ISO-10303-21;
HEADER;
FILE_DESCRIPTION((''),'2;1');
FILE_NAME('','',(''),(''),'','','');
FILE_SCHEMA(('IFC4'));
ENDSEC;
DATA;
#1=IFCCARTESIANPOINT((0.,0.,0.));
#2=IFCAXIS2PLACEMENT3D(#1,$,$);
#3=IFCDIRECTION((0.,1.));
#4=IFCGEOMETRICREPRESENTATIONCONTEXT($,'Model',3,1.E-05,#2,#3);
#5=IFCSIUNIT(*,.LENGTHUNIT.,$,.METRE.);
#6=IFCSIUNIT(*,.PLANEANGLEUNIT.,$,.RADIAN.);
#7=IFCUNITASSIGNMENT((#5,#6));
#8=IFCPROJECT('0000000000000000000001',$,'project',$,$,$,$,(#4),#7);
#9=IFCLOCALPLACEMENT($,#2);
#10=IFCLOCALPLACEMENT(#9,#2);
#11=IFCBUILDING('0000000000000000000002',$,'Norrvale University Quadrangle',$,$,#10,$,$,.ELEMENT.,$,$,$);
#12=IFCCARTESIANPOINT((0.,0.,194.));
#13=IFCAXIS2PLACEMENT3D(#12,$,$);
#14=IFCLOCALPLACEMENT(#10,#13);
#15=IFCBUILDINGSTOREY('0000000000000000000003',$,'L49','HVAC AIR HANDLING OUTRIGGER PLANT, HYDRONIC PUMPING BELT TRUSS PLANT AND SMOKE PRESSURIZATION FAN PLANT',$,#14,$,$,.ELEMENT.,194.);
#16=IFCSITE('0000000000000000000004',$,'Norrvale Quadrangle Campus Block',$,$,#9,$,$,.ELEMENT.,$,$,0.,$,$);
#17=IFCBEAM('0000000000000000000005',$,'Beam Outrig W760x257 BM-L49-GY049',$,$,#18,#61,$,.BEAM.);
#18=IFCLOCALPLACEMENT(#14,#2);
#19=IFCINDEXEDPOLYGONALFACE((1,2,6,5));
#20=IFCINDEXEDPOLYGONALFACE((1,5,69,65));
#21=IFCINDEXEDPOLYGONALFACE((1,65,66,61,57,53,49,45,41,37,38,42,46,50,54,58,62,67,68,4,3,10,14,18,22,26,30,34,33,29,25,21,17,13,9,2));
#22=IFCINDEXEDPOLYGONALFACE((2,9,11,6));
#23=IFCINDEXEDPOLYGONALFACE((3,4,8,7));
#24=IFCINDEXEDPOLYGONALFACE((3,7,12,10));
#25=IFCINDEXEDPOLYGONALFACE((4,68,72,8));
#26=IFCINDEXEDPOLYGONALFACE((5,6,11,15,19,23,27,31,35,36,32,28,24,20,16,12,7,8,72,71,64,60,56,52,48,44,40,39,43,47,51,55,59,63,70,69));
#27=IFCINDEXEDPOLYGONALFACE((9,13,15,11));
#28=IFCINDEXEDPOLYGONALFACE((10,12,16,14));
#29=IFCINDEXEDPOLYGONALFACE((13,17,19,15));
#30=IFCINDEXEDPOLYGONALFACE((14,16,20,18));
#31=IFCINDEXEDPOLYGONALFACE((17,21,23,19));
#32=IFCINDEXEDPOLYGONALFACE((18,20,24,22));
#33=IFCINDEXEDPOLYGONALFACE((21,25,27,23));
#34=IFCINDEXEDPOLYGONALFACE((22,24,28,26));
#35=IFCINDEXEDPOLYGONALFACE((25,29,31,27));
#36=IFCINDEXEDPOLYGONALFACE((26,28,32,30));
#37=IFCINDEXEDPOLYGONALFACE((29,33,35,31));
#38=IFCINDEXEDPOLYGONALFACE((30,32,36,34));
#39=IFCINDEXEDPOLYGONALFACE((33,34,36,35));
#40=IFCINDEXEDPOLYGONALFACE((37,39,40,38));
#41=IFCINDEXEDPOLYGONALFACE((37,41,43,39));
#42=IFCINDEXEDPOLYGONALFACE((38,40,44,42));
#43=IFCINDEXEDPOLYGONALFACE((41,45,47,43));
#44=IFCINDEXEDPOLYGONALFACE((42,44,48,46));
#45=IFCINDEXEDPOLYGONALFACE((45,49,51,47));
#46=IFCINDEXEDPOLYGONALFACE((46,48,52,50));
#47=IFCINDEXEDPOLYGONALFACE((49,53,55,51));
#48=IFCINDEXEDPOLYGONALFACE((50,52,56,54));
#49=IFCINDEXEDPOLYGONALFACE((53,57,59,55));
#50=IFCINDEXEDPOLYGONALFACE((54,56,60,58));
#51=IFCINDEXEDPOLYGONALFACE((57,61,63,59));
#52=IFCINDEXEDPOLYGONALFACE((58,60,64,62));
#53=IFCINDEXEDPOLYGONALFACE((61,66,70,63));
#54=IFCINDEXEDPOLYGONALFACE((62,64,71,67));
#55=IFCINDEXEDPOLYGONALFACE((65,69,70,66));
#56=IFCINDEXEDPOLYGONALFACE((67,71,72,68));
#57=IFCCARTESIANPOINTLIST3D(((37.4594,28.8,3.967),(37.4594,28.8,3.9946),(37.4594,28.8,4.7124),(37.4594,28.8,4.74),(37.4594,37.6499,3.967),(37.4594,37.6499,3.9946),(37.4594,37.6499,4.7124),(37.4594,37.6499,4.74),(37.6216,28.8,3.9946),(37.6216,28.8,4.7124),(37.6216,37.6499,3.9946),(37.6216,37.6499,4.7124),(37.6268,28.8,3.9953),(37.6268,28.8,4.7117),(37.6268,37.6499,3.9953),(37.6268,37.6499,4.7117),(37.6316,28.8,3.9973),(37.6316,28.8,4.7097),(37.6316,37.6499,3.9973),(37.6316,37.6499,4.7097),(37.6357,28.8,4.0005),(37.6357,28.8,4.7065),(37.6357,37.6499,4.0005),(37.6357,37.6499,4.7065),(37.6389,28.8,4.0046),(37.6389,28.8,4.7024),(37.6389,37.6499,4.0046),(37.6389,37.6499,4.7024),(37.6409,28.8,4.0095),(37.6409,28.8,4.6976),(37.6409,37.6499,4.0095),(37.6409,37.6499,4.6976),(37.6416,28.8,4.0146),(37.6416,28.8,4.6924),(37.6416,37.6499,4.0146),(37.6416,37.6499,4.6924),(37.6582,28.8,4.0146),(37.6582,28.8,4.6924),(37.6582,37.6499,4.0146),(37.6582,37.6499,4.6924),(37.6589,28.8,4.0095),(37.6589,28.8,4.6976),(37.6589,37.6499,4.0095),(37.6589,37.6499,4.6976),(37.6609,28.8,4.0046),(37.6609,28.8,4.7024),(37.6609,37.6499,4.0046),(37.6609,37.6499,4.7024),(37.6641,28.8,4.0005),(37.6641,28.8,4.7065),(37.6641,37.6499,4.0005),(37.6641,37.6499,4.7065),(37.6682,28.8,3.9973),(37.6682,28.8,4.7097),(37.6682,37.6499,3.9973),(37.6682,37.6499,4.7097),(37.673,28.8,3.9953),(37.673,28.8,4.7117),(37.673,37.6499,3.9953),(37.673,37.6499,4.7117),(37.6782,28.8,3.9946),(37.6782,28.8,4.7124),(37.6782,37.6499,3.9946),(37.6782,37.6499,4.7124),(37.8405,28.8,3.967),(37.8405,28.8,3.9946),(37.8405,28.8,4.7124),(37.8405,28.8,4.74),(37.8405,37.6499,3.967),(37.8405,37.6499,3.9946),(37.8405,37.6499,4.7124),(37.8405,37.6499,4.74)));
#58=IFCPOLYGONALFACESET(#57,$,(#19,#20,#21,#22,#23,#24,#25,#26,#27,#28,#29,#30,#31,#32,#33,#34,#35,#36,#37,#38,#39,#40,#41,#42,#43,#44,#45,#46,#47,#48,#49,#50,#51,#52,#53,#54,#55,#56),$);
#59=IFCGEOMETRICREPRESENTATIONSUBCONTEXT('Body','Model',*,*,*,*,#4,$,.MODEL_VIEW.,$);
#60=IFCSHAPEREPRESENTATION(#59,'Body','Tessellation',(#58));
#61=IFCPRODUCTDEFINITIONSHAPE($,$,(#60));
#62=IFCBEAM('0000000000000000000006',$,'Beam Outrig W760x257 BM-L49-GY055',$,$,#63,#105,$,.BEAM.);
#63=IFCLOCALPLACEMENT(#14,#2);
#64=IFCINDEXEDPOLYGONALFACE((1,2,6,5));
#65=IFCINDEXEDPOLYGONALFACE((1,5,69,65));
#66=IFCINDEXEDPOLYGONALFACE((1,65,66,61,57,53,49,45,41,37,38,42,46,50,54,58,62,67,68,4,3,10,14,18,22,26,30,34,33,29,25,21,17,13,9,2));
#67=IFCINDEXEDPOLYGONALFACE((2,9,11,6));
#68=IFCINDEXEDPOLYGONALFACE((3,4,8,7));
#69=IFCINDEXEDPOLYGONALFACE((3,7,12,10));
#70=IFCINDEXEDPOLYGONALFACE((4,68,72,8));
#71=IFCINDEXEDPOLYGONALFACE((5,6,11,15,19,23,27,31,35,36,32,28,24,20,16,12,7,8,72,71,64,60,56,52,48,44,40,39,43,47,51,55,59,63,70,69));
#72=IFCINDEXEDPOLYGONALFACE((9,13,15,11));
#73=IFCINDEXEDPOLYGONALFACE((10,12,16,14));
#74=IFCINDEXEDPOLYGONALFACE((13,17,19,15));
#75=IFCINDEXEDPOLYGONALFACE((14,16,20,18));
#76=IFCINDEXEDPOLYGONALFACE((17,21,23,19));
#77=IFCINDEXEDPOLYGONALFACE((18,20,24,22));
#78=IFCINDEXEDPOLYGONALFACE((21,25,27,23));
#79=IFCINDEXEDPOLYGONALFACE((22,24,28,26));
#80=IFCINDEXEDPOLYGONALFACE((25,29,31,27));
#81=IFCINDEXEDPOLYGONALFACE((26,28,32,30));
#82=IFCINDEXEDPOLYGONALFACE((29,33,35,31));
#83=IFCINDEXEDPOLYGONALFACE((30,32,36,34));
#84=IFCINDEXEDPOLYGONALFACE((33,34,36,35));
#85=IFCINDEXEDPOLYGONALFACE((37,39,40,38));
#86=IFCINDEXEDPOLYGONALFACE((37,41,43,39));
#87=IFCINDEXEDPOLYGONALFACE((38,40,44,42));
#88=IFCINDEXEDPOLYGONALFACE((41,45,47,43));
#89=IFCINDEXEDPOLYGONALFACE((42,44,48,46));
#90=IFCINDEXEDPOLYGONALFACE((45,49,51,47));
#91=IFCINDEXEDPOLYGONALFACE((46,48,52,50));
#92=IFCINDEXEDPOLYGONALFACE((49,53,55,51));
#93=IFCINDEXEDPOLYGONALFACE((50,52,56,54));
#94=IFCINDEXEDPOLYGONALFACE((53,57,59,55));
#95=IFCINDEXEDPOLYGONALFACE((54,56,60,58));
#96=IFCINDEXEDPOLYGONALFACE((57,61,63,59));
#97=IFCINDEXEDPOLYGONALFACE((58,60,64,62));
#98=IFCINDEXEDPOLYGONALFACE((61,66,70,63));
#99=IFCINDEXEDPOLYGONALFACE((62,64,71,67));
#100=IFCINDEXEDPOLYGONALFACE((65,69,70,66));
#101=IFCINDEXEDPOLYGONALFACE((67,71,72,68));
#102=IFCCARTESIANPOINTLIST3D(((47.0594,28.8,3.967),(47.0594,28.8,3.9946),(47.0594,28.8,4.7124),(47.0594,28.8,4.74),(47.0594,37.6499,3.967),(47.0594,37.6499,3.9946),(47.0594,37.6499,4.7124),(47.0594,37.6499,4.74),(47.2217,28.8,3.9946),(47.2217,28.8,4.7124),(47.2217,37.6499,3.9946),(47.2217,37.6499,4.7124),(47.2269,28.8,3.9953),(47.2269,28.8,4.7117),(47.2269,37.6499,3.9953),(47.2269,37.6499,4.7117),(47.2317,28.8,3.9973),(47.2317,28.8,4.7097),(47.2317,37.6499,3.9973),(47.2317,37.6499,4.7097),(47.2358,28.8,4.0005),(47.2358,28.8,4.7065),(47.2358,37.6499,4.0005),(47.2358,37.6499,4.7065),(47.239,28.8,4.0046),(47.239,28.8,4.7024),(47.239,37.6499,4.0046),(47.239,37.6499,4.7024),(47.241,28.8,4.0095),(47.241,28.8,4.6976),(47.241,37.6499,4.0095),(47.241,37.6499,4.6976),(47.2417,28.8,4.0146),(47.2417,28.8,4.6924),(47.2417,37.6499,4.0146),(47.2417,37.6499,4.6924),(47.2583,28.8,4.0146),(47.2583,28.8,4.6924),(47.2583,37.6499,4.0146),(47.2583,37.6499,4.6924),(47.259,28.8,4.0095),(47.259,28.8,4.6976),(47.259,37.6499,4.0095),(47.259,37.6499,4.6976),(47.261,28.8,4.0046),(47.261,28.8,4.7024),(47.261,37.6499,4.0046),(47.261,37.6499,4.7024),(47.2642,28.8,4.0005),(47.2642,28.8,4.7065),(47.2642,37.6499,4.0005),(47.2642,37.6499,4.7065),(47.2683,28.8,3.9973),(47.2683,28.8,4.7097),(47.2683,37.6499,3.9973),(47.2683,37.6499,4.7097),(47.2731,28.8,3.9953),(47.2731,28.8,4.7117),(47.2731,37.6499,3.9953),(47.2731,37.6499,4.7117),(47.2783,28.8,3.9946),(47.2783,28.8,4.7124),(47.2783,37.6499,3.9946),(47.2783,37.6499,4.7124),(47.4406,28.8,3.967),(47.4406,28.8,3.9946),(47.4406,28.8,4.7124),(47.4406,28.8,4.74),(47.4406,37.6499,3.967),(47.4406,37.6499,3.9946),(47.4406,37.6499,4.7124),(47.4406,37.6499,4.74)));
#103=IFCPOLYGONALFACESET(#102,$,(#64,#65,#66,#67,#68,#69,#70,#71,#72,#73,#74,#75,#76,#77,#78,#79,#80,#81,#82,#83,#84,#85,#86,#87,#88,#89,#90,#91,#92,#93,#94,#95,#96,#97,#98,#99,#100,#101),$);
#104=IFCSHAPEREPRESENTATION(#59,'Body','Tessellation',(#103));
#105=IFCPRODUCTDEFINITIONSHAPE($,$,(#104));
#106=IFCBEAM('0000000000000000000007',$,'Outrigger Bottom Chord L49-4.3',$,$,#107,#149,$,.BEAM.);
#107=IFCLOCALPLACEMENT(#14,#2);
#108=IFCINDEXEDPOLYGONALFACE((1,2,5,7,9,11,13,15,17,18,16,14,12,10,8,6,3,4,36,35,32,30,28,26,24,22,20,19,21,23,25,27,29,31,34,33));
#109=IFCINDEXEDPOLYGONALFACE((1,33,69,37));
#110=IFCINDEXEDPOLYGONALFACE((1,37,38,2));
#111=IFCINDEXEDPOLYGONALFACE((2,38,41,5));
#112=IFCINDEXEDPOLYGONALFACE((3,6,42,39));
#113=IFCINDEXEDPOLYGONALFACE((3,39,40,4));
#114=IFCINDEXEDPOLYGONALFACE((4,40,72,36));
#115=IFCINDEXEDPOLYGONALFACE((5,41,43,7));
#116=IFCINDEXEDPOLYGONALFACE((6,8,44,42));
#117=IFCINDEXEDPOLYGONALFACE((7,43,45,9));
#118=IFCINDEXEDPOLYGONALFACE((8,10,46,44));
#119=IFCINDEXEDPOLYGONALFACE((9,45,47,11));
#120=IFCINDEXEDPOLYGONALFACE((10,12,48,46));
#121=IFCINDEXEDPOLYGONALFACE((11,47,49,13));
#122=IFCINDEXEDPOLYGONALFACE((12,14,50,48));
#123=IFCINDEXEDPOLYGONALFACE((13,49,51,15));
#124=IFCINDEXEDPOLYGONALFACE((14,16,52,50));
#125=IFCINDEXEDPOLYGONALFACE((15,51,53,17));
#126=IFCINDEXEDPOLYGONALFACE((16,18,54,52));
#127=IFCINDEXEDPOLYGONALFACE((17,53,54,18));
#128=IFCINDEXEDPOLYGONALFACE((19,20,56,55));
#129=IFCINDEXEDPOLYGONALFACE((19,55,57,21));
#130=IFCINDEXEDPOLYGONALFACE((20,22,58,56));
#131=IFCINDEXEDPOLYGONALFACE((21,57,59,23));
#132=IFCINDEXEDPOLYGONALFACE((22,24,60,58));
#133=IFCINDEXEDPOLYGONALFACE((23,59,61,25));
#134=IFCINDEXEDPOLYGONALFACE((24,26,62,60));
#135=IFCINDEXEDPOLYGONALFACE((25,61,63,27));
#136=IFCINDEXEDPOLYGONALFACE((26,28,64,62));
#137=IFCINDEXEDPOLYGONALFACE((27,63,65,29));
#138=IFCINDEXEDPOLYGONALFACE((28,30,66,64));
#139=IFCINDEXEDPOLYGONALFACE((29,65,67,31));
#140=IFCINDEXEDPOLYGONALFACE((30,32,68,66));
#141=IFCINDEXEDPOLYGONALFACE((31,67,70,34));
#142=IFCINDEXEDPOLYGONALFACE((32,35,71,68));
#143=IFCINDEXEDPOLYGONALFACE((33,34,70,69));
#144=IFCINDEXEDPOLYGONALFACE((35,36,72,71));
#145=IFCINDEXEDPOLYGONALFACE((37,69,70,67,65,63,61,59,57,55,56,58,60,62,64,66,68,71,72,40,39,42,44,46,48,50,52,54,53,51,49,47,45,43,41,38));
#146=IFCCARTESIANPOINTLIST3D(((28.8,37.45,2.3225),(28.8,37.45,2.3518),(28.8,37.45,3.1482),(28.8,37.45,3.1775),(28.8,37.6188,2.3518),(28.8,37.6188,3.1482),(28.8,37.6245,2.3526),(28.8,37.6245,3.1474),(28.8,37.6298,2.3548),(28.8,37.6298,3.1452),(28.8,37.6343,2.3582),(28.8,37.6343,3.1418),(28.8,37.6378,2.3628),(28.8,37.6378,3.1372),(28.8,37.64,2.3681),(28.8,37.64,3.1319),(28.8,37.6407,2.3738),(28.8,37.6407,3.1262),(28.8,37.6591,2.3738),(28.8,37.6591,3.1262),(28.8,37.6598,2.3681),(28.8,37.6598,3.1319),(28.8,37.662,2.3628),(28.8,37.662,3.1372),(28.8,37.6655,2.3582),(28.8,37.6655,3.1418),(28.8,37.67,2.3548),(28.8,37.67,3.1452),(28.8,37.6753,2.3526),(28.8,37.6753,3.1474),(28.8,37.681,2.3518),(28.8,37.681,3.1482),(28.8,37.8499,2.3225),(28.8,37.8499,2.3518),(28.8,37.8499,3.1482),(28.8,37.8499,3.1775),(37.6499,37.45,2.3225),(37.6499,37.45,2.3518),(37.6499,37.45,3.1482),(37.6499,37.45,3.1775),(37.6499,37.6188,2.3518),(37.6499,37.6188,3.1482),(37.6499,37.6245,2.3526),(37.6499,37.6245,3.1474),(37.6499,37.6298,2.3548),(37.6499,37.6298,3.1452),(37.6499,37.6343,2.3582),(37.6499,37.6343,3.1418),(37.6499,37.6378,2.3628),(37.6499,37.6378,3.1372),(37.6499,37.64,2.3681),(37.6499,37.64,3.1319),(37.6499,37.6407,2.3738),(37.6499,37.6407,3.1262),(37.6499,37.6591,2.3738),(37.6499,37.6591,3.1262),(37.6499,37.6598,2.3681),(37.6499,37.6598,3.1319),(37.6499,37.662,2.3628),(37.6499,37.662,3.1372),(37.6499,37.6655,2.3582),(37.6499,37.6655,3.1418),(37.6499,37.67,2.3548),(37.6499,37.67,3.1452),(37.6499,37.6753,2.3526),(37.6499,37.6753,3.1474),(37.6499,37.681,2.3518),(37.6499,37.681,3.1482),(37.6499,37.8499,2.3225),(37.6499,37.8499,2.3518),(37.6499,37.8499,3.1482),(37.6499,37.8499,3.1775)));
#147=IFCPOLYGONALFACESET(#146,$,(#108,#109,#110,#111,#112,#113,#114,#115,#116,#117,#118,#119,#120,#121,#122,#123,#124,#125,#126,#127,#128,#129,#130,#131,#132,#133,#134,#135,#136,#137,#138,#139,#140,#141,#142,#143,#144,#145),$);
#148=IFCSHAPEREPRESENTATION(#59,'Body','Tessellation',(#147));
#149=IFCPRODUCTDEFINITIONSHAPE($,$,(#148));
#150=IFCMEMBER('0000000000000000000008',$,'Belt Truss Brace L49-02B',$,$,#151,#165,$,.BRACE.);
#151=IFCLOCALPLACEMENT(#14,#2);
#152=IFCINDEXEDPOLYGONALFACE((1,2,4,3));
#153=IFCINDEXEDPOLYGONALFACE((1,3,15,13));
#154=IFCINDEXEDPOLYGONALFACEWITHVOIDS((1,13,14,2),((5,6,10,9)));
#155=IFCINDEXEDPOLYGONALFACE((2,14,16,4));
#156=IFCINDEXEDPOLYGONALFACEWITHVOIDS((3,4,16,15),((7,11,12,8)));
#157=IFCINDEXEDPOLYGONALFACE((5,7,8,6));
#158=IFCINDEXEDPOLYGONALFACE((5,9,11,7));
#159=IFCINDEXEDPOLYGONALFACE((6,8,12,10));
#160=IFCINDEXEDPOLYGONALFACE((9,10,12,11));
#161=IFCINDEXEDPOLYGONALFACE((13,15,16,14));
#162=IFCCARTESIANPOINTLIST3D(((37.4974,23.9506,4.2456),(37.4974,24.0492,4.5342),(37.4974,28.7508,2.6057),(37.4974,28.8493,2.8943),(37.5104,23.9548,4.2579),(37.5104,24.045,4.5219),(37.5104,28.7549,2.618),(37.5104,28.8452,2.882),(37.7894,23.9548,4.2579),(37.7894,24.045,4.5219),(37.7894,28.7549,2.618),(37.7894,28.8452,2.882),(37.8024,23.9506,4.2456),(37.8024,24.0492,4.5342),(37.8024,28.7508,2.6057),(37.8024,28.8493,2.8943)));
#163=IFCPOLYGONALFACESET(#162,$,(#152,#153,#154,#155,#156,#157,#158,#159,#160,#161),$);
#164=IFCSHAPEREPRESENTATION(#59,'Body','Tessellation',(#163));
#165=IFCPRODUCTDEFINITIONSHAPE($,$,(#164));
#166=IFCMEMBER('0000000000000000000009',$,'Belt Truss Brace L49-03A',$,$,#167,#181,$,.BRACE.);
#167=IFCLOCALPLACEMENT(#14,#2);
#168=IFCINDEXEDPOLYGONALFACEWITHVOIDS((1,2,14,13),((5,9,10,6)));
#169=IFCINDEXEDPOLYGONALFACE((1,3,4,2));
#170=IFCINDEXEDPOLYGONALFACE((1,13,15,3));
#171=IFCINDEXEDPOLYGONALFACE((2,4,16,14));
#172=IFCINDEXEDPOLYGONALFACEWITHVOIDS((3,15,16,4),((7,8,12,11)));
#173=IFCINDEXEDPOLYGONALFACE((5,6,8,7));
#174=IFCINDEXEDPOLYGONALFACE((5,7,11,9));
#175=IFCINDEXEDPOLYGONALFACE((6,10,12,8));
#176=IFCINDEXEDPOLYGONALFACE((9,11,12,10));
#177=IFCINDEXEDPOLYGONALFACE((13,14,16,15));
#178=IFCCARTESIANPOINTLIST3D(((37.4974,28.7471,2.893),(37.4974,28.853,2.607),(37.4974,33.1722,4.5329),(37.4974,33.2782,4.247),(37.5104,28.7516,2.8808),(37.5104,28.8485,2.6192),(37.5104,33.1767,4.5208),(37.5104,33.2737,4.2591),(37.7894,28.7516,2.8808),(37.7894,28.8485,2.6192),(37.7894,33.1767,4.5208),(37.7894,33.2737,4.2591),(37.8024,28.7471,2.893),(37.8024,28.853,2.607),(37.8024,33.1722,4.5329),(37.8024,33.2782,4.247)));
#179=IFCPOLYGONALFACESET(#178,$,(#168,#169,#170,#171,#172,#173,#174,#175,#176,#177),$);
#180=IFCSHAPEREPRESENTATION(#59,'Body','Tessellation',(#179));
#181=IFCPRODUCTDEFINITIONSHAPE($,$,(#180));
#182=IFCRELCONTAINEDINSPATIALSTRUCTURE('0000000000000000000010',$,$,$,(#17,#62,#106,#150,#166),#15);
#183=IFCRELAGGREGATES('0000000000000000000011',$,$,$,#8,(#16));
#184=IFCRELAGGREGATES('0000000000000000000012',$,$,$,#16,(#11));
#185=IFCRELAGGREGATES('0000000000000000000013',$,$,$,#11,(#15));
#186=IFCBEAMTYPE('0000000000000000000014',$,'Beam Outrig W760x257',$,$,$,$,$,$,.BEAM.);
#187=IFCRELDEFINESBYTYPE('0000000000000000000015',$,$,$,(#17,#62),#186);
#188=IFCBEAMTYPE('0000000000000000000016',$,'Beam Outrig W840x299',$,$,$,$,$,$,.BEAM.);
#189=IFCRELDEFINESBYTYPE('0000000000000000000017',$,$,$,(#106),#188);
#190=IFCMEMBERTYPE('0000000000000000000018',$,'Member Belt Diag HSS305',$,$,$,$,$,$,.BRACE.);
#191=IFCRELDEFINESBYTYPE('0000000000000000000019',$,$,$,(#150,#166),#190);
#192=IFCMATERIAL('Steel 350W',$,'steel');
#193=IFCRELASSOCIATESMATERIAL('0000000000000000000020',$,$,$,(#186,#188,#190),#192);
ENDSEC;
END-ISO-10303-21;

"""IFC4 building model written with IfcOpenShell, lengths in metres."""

from ifc_helpers import new_model, si_unit, direction, frame, origin, origin_2d, place, context, subcontext, project, spatial, hollow_rectangle, i_section, extrude, material, material_profile, profile_set, type_object, element, save


model = new_model("IFC4")

# Units and contexts
model_context = context("Model", 3, precision=1e-05, world=origin(), true_north=direction((0.0, 1.0)))
body_context = subcontext(model_context, "Body", "Model", "MODEL_VIEW")
ifc_project = project(units=[si_unit("LENGTHUNIT", "METRE"), si_unit("PLANEANGLEUNIT", "RADIAN")], contexts=[model_context])

# Site, building, storey
site_placement = place(None, origin())
site = spatial("IfcSite", under=ifc_project, at=site_placement, Name="Norrvale Quadrangle Campus Block", CompositionType="ELEMENT", RefElevation=0.0)
building_placement = place(site_placement, origin())
building = spatial("IfcBuilding", under=site, at=building_placement, Name="Norrvale University Quadrangle", CompositionType="ELEMENT")
storey_placement = place(building_placement, frame((0.0, 0.0, 194.0)))
storey = spatial("IfcBuildingStorey", under=building, at=storey_placement, Name="L49", Description="HVAC AIR HANDLING OUTRIGGER PLANT, HYDRONIC PUMPING BELT TRUSS PLANT AND SMOKE PRESSURIZATION FAN PLANT", CompositionType="ELEMENT", Elevation=194.0)

# Beams
ifc_material_1 = material(Name="Steel 350W", Category="steel")
ifc_material_profile_1 = material_profile(ifc_material_1, i_section(OverallWidth=0.3811, OverallDepth=0.7729, WebThickness=0.0166, FlangeThickness=0.0276, FilletRadius=0.02, at=origin_2d()), Name="Steel 350W")
ifc_profile_set_1 = profile_set([ifc_material_profile_1], Name="Steel 350W")
beam_type_1 = type_object("IfcBeamType", Name="Beam Outrig W760x257", PredefinedType="BEAM", material=ifc_profile_set_1)
for number, where, z_axis, x_axis, name in (
    (1, (37.6499, 28.8, 4.3535), (0.0, 1.0, 0.0), (-1.0, 0.0, 0.0), "Beam Outrig W760x257 BM-L49-GY049"),
    (2, (47.25, 28.8, 4.3535), (0.0, 1.0, 0.0), (-1.0, 0.0, 0.0), "Beam Outrig W760x257 BM-L49-GY055"),
):
    element("IfcBeam", number, at=place(storey_placement, frame(where, z_axis=z_axis, x_axis=x_axis)), inside=storey, type_object=beam_type_1, Name=name, PredefinedType="BEAM", context=body_context, shape_type="SweptSolid", body=[
        extrude(i_section(OverallWidth=0.3811, OverallDepth=0.7729, WebThickness=0.0166, FlangeThickness=0.0276, FilletRadius=0.02, at=origin_2d()), origin(), (0.0, 0.0, 1.0), 8.8499),
    ])
ifc_material_profile_2 = material_profile(ifc_material_1, i_section(OverallWidth=0.3999, OverallDepth=0.855, WebThickness=0.0183, FlangeThickness=0.0293, FilletRadius=0.022, at=origin_2d()), Name="Steel 350W")
ifc_profile_set_2 = profile_set([ifc_material_profile_2], Name="Steel 350W")
beam_type_2 = type_object("IfcBeamType", Name="Beam Outrig W840x299", PredefinedType="BEAM", material=ifc_profile_set_2)
beam_1_placement = place(storey_placement, frame((28.8, 37.6499, 2.75), z_axis=(1.0, 0.0, 0.0), x_axis=(0.0, 1.0, 0.0)))
element("IfcBeam", 3, at=beam_1_placement, inside=storey, type_object=beam_type_2, Name="Outrigger Bottom Chord L49-4.3", PredefinedType="BEAM", context=body_context, shape_type="SweptSolid", body=[
    extrude(i_section(OverallWidth=0.3999, OverallDepth=0.855, WebThickness=0.0183, FlangeThickness=0.0293, FilletRadius=0.022, at=origin_2d()), origin(), (0.0, 0.0, 1.0), 8.8499),
])

# Members
ifc_material_profile_3 = material_profile(ifc_material_1, hollow_rectangle(XDim=0.3049, YDim=0.3049, WallThickness=0.0129, at=origin_2d()), Name="Steel 350W")
ifc_profile_set_3 = profile_set([ifc_material_profile_3], Name="Steel 350W")
member_type_1 = type_object("IfcMemberType", Name="Member Belt Diag HSS305", PredefinedType="BRACE", material=ifc_profile_set_3)
member_1_placement = place(storey_placement, frame((37.6499, 28.8, 2.75), z_axis=(0.0, -0.946299, 0.323294), x_axis=(1.0, 0.0, 0.0)))
element("IfcMember", 4, at=member_1_placement, inside=storey, type_object=member_type_1, Name="Belt Truss Brace L49-02B", PredefinedType="BRACE", context=body_context, shape_type="SweptSolid", body=[
    extrude(hollow_rectangle(XDim=0.3049, YDim=0.3049, WallThickness=0.0129, at=origin_2d()), origin(), (0.0, 0.0, 1.0), 5.0725),
])
member_2_placement = place(storey_placement, frame((37.6499, 28.8, 2.75), z_axis=(0.0, 0.937681, 0.347498), x_axis=(-1.0, 0.0, 0.0)))
element("IfcMember", 5, at=member_2_placement, inside=storey, type_object=member_type_1, Name="Belt Truss Brace L49-03A", PredefinedType="BRACE", context=body_context, shape_type="SweptSolid", body=[
    extrude(hollow_rectangle(XDim=0.3049, YDim=0.3049, WallThickness=0.0129, at=origin_2d()), origin(), (0.0, 0.0, 1.0), 4.7192),
])

save(model, "model.ifc")
